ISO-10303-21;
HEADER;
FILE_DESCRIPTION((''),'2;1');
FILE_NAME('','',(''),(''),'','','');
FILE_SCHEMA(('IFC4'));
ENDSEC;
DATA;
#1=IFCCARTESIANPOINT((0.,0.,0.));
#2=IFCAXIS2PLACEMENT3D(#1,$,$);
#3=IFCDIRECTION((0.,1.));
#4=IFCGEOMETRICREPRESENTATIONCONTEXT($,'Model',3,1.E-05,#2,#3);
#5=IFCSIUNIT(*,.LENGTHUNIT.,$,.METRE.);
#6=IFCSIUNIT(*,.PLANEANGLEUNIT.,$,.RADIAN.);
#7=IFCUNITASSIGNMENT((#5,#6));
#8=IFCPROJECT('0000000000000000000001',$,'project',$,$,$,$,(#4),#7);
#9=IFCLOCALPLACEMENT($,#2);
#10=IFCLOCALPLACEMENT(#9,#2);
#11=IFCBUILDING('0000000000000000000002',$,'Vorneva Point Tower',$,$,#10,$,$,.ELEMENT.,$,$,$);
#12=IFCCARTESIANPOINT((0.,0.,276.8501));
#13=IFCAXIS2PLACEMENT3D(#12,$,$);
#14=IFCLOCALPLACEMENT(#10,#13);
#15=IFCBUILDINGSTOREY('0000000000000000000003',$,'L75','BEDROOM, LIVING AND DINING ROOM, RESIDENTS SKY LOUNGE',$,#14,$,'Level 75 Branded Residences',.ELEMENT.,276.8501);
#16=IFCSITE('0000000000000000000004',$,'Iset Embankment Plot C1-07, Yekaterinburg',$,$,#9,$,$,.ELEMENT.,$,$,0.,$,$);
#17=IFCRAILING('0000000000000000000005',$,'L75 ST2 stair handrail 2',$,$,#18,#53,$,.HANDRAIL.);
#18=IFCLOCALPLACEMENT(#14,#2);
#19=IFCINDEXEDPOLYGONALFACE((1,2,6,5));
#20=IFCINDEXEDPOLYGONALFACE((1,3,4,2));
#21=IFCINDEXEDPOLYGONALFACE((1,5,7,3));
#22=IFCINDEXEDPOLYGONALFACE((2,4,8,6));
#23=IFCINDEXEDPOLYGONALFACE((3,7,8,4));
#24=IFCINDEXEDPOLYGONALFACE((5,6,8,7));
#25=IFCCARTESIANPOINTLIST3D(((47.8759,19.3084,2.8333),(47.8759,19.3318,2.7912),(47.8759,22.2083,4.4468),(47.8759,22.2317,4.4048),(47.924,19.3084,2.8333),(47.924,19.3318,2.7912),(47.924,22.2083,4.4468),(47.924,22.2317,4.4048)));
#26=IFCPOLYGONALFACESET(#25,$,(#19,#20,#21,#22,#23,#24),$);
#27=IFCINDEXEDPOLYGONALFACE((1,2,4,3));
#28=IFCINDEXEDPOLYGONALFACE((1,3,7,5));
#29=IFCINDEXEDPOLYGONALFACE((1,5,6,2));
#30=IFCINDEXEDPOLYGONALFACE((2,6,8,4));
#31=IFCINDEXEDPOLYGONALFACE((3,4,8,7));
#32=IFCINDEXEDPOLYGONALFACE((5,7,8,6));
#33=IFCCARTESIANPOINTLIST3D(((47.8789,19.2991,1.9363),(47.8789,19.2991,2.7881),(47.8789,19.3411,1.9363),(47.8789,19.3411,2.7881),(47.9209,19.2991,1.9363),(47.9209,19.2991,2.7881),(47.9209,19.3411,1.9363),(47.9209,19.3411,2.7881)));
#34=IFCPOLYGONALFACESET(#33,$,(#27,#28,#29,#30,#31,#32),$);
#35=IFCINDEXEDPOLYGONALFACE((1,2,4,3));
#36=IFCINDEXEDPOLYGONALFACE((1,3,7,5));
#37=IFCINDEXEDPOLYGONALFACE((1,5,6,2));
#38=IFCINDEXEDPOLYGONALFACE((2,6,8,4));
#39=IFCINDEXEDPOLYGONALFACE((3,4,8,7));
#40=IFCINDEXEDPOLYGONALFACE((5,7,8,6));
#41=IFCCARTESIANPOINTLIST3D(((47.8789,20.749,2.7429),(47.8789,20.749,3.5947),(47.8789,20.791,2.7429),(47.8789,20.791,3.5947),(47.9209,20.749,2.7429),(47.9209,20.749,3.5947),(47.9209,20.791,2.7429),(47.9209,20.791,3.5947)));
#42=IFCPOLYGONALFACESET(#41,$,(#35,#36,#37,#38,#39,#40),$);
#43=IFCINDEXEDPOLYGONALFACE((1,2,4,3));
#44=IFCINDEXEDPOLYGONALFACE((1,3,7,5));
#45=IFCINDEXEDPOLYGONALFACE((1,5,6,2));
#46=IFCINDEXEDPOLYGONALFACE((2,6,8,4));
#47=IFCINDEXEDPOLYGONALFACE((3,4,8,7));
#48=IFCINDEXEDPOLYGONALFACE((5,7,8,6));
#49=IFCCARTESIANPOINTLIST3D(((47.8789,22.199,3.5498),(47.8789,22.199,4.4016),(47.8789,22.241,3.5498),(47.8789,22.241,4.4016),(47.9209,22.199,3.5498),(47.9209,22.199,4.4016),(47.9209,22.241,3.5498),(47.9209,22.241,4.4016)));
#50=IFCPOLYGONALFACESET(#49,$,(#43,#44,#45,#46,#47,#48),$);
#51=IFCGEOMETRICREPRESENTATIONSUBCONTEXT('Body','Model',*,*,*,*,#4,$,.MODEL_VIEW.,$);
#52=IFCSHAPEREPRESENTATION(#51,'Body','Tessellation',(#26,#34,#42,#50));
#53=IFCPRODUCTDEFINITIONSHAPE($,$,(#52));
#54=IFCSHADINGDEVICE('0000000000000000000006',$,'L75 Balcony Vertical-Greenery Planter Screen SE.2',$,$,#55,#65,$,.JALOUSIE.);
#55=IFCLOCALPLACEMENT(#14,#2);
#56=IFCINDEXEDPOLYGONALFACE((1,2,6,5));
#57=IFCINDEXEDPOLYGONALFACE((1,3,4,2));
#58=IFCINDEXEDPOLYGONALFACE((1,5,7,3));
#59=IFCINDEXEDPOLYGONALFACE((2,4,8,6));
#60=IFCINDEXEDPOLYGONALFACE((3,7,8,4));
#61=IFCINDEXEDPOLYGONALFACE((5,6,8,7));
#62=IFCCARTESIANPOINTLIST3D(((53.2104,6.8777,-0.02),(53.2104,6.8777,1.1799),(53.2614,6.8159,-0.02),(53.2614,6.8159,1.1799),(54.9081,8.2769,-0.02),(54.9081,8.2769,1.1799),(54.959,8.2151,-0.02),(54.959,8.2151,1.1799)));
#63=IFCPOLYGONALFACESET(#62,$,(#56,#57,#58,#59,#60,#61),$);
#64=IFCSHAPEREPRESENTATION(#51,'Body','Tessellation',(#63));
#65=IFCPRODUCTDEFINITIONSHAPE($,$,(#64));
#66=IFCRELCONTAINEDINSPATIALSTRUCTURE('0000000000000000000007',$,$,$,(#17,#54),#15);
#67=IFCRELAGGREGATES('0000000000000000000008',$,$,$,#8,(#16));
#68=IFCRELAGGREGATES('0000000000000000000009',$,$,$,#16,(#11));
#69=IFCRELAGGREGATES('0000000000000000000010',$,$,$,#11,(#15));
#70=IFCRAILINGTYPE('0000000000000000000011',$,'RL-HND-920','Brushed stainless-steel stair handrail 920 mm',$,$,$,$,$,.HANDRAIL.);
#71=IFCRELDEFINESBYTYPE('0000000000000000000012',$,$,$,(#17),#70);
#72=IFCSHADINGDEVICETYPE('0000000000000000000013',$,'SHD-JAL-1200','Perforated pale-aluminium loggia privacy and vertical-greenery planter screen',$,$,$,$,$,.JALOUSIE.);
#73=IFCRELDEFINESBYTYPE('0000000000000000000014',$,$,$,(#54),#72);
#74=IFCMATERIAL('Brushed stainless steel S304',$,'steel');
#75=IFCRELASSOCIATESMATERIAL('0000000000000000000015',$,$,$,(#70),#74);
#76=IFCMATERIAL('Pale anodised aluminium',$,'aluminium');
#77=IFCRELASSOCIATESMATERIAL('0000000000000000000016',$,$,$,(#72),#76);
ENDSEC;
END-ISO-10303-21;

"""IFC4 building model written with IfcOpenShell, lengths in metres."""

from ifc_helpers import new_model, si_unit, direction, frame, origin, origin_2d, place, context, subcontext, project, spatial, rectangle, extrude, material, type_object, element, save


model = new_model("IFC4")

# Units and contexts
model_context = context("Model", 3, precision=1e-05, world=origin(), true_north=direction((0.0, 1.0)))
body_context = subcontext(model_context, "Body", "Model", "MODEL_VIEW")
ifc_project = project(units=[si_unit("LENGTHUNIT", "METRE"), si_unit("PLANEANGLEUNIT", "RADIAN")], contexts=[model_context])

# Site, building, storey
site_placement = place(None, origin())
site = spatial("IfcSite", under=ifc_project, at=site_placement, Name="Iset Embankment Plot C1-07, Yekaterinburg", CompositionType="ELEMENT", RefElevation=0.0)
building_placement = place(site_placement, origin())
building = spatial("IfcBuilding", under=site, at=building_placement, Name="Vorneva Point Tower", CompositionType="ELEMENT")
storey_placement = place(building_placement, frame((0.0, 0.0, 276.8501)))
storey = spatial("IfcBuildingStorey", under=building, at=storey_placement, Name="L75", Description="BEDROOM, LIVING AND DINING ROOM, RESIDENTS SKY LOUNGE", LongName="Level 75 Branded Residences", CompositionType="ELEMENT", Elevation=276.8501)

# Shared definitions
ifc_material_1 = material(Name="Pale anodised aluminium", Category="aluminium")

# Railing
ifc_material_2 = material(Name="Brushed stainless steel S304", Category="steel")
railing_type = type_object("IfcRailingType", Name="RL-HND-920", Description="Brushed stainless-steel stair handrail 920 mm", PredefinedType="HANDRAIL", material=ifc_material_2)
railing_placement = place(storey_placement, frame((47.8999, 19.3201, 1.9363)))
element("IfcRailing", 1, at=railing_placement, inside=storey, type_object=railing_type, Name="L75 ST2 stair handrail 2", PredefinedType="HANDRAIL", context=body_context, shape_type="SweptSolid", body=[
    extrude(rectangle(XDim=0.0481, YDim=0.0481, at=origin_2d()), frame((0.0, 0.0, 0.876), z_axis=(0.0, 0.873841, 0.486211), x_axis=(-1.0, 0.0, 0.0)), (0.0, 0.0, 1.0), 3.3186),
    extrude(rectangle(XDim=0.042, YDim=0.042, at=origin_2d()), origin(), (0.0, 0.0, 1.0), 0.8518),
    extrude(rectangle(XDim=0.042, YDim=0.042, at=origin_2d()), frame((0.0, 1.45, 0.8066)), (0.0, 0.0, 1.0), 0.8518),
    extrude(rectangle(XDim=0.042, YDim=0.042, at=origin_2d()), frame((0.0, 2.8999, 1.6135)), (0.0, 0.0, 1.0), 0.8518),
])

# Shading device
shading_device_type = type_object("IfcShadingDeviceType", Name="SHD-JAL-1200", Description="Perforated pale-aluminium loggia privacy and vertical-greenery planter screen", PredefinedType="JALOUSIE", material=ifc_material_1)
shading_device_placement = place(storey_placement, frame((54.0847, 7.5464, -0.02), z_axis=(0.0, 0.0, 1.0), x_axis=(0.771658, 0.636038, 0.0)))
element("IfcShadingDevice", 2, at=shading_device_placement, inside=storey, type_object=shading_device_type, Name="L75 Balcony Vertical-Greenery Planter Screen SE.2", PredefinedType="JALOUSIE", context=body_context, shape_type="SweptSolid", body=[
    extrude(rectangle(XDim=2.2, YDim=0.0801, at=origin_2d()), origin(), (0.0, 0.0, 1.0), 1.2),
])

save(model, "model.ifc")
